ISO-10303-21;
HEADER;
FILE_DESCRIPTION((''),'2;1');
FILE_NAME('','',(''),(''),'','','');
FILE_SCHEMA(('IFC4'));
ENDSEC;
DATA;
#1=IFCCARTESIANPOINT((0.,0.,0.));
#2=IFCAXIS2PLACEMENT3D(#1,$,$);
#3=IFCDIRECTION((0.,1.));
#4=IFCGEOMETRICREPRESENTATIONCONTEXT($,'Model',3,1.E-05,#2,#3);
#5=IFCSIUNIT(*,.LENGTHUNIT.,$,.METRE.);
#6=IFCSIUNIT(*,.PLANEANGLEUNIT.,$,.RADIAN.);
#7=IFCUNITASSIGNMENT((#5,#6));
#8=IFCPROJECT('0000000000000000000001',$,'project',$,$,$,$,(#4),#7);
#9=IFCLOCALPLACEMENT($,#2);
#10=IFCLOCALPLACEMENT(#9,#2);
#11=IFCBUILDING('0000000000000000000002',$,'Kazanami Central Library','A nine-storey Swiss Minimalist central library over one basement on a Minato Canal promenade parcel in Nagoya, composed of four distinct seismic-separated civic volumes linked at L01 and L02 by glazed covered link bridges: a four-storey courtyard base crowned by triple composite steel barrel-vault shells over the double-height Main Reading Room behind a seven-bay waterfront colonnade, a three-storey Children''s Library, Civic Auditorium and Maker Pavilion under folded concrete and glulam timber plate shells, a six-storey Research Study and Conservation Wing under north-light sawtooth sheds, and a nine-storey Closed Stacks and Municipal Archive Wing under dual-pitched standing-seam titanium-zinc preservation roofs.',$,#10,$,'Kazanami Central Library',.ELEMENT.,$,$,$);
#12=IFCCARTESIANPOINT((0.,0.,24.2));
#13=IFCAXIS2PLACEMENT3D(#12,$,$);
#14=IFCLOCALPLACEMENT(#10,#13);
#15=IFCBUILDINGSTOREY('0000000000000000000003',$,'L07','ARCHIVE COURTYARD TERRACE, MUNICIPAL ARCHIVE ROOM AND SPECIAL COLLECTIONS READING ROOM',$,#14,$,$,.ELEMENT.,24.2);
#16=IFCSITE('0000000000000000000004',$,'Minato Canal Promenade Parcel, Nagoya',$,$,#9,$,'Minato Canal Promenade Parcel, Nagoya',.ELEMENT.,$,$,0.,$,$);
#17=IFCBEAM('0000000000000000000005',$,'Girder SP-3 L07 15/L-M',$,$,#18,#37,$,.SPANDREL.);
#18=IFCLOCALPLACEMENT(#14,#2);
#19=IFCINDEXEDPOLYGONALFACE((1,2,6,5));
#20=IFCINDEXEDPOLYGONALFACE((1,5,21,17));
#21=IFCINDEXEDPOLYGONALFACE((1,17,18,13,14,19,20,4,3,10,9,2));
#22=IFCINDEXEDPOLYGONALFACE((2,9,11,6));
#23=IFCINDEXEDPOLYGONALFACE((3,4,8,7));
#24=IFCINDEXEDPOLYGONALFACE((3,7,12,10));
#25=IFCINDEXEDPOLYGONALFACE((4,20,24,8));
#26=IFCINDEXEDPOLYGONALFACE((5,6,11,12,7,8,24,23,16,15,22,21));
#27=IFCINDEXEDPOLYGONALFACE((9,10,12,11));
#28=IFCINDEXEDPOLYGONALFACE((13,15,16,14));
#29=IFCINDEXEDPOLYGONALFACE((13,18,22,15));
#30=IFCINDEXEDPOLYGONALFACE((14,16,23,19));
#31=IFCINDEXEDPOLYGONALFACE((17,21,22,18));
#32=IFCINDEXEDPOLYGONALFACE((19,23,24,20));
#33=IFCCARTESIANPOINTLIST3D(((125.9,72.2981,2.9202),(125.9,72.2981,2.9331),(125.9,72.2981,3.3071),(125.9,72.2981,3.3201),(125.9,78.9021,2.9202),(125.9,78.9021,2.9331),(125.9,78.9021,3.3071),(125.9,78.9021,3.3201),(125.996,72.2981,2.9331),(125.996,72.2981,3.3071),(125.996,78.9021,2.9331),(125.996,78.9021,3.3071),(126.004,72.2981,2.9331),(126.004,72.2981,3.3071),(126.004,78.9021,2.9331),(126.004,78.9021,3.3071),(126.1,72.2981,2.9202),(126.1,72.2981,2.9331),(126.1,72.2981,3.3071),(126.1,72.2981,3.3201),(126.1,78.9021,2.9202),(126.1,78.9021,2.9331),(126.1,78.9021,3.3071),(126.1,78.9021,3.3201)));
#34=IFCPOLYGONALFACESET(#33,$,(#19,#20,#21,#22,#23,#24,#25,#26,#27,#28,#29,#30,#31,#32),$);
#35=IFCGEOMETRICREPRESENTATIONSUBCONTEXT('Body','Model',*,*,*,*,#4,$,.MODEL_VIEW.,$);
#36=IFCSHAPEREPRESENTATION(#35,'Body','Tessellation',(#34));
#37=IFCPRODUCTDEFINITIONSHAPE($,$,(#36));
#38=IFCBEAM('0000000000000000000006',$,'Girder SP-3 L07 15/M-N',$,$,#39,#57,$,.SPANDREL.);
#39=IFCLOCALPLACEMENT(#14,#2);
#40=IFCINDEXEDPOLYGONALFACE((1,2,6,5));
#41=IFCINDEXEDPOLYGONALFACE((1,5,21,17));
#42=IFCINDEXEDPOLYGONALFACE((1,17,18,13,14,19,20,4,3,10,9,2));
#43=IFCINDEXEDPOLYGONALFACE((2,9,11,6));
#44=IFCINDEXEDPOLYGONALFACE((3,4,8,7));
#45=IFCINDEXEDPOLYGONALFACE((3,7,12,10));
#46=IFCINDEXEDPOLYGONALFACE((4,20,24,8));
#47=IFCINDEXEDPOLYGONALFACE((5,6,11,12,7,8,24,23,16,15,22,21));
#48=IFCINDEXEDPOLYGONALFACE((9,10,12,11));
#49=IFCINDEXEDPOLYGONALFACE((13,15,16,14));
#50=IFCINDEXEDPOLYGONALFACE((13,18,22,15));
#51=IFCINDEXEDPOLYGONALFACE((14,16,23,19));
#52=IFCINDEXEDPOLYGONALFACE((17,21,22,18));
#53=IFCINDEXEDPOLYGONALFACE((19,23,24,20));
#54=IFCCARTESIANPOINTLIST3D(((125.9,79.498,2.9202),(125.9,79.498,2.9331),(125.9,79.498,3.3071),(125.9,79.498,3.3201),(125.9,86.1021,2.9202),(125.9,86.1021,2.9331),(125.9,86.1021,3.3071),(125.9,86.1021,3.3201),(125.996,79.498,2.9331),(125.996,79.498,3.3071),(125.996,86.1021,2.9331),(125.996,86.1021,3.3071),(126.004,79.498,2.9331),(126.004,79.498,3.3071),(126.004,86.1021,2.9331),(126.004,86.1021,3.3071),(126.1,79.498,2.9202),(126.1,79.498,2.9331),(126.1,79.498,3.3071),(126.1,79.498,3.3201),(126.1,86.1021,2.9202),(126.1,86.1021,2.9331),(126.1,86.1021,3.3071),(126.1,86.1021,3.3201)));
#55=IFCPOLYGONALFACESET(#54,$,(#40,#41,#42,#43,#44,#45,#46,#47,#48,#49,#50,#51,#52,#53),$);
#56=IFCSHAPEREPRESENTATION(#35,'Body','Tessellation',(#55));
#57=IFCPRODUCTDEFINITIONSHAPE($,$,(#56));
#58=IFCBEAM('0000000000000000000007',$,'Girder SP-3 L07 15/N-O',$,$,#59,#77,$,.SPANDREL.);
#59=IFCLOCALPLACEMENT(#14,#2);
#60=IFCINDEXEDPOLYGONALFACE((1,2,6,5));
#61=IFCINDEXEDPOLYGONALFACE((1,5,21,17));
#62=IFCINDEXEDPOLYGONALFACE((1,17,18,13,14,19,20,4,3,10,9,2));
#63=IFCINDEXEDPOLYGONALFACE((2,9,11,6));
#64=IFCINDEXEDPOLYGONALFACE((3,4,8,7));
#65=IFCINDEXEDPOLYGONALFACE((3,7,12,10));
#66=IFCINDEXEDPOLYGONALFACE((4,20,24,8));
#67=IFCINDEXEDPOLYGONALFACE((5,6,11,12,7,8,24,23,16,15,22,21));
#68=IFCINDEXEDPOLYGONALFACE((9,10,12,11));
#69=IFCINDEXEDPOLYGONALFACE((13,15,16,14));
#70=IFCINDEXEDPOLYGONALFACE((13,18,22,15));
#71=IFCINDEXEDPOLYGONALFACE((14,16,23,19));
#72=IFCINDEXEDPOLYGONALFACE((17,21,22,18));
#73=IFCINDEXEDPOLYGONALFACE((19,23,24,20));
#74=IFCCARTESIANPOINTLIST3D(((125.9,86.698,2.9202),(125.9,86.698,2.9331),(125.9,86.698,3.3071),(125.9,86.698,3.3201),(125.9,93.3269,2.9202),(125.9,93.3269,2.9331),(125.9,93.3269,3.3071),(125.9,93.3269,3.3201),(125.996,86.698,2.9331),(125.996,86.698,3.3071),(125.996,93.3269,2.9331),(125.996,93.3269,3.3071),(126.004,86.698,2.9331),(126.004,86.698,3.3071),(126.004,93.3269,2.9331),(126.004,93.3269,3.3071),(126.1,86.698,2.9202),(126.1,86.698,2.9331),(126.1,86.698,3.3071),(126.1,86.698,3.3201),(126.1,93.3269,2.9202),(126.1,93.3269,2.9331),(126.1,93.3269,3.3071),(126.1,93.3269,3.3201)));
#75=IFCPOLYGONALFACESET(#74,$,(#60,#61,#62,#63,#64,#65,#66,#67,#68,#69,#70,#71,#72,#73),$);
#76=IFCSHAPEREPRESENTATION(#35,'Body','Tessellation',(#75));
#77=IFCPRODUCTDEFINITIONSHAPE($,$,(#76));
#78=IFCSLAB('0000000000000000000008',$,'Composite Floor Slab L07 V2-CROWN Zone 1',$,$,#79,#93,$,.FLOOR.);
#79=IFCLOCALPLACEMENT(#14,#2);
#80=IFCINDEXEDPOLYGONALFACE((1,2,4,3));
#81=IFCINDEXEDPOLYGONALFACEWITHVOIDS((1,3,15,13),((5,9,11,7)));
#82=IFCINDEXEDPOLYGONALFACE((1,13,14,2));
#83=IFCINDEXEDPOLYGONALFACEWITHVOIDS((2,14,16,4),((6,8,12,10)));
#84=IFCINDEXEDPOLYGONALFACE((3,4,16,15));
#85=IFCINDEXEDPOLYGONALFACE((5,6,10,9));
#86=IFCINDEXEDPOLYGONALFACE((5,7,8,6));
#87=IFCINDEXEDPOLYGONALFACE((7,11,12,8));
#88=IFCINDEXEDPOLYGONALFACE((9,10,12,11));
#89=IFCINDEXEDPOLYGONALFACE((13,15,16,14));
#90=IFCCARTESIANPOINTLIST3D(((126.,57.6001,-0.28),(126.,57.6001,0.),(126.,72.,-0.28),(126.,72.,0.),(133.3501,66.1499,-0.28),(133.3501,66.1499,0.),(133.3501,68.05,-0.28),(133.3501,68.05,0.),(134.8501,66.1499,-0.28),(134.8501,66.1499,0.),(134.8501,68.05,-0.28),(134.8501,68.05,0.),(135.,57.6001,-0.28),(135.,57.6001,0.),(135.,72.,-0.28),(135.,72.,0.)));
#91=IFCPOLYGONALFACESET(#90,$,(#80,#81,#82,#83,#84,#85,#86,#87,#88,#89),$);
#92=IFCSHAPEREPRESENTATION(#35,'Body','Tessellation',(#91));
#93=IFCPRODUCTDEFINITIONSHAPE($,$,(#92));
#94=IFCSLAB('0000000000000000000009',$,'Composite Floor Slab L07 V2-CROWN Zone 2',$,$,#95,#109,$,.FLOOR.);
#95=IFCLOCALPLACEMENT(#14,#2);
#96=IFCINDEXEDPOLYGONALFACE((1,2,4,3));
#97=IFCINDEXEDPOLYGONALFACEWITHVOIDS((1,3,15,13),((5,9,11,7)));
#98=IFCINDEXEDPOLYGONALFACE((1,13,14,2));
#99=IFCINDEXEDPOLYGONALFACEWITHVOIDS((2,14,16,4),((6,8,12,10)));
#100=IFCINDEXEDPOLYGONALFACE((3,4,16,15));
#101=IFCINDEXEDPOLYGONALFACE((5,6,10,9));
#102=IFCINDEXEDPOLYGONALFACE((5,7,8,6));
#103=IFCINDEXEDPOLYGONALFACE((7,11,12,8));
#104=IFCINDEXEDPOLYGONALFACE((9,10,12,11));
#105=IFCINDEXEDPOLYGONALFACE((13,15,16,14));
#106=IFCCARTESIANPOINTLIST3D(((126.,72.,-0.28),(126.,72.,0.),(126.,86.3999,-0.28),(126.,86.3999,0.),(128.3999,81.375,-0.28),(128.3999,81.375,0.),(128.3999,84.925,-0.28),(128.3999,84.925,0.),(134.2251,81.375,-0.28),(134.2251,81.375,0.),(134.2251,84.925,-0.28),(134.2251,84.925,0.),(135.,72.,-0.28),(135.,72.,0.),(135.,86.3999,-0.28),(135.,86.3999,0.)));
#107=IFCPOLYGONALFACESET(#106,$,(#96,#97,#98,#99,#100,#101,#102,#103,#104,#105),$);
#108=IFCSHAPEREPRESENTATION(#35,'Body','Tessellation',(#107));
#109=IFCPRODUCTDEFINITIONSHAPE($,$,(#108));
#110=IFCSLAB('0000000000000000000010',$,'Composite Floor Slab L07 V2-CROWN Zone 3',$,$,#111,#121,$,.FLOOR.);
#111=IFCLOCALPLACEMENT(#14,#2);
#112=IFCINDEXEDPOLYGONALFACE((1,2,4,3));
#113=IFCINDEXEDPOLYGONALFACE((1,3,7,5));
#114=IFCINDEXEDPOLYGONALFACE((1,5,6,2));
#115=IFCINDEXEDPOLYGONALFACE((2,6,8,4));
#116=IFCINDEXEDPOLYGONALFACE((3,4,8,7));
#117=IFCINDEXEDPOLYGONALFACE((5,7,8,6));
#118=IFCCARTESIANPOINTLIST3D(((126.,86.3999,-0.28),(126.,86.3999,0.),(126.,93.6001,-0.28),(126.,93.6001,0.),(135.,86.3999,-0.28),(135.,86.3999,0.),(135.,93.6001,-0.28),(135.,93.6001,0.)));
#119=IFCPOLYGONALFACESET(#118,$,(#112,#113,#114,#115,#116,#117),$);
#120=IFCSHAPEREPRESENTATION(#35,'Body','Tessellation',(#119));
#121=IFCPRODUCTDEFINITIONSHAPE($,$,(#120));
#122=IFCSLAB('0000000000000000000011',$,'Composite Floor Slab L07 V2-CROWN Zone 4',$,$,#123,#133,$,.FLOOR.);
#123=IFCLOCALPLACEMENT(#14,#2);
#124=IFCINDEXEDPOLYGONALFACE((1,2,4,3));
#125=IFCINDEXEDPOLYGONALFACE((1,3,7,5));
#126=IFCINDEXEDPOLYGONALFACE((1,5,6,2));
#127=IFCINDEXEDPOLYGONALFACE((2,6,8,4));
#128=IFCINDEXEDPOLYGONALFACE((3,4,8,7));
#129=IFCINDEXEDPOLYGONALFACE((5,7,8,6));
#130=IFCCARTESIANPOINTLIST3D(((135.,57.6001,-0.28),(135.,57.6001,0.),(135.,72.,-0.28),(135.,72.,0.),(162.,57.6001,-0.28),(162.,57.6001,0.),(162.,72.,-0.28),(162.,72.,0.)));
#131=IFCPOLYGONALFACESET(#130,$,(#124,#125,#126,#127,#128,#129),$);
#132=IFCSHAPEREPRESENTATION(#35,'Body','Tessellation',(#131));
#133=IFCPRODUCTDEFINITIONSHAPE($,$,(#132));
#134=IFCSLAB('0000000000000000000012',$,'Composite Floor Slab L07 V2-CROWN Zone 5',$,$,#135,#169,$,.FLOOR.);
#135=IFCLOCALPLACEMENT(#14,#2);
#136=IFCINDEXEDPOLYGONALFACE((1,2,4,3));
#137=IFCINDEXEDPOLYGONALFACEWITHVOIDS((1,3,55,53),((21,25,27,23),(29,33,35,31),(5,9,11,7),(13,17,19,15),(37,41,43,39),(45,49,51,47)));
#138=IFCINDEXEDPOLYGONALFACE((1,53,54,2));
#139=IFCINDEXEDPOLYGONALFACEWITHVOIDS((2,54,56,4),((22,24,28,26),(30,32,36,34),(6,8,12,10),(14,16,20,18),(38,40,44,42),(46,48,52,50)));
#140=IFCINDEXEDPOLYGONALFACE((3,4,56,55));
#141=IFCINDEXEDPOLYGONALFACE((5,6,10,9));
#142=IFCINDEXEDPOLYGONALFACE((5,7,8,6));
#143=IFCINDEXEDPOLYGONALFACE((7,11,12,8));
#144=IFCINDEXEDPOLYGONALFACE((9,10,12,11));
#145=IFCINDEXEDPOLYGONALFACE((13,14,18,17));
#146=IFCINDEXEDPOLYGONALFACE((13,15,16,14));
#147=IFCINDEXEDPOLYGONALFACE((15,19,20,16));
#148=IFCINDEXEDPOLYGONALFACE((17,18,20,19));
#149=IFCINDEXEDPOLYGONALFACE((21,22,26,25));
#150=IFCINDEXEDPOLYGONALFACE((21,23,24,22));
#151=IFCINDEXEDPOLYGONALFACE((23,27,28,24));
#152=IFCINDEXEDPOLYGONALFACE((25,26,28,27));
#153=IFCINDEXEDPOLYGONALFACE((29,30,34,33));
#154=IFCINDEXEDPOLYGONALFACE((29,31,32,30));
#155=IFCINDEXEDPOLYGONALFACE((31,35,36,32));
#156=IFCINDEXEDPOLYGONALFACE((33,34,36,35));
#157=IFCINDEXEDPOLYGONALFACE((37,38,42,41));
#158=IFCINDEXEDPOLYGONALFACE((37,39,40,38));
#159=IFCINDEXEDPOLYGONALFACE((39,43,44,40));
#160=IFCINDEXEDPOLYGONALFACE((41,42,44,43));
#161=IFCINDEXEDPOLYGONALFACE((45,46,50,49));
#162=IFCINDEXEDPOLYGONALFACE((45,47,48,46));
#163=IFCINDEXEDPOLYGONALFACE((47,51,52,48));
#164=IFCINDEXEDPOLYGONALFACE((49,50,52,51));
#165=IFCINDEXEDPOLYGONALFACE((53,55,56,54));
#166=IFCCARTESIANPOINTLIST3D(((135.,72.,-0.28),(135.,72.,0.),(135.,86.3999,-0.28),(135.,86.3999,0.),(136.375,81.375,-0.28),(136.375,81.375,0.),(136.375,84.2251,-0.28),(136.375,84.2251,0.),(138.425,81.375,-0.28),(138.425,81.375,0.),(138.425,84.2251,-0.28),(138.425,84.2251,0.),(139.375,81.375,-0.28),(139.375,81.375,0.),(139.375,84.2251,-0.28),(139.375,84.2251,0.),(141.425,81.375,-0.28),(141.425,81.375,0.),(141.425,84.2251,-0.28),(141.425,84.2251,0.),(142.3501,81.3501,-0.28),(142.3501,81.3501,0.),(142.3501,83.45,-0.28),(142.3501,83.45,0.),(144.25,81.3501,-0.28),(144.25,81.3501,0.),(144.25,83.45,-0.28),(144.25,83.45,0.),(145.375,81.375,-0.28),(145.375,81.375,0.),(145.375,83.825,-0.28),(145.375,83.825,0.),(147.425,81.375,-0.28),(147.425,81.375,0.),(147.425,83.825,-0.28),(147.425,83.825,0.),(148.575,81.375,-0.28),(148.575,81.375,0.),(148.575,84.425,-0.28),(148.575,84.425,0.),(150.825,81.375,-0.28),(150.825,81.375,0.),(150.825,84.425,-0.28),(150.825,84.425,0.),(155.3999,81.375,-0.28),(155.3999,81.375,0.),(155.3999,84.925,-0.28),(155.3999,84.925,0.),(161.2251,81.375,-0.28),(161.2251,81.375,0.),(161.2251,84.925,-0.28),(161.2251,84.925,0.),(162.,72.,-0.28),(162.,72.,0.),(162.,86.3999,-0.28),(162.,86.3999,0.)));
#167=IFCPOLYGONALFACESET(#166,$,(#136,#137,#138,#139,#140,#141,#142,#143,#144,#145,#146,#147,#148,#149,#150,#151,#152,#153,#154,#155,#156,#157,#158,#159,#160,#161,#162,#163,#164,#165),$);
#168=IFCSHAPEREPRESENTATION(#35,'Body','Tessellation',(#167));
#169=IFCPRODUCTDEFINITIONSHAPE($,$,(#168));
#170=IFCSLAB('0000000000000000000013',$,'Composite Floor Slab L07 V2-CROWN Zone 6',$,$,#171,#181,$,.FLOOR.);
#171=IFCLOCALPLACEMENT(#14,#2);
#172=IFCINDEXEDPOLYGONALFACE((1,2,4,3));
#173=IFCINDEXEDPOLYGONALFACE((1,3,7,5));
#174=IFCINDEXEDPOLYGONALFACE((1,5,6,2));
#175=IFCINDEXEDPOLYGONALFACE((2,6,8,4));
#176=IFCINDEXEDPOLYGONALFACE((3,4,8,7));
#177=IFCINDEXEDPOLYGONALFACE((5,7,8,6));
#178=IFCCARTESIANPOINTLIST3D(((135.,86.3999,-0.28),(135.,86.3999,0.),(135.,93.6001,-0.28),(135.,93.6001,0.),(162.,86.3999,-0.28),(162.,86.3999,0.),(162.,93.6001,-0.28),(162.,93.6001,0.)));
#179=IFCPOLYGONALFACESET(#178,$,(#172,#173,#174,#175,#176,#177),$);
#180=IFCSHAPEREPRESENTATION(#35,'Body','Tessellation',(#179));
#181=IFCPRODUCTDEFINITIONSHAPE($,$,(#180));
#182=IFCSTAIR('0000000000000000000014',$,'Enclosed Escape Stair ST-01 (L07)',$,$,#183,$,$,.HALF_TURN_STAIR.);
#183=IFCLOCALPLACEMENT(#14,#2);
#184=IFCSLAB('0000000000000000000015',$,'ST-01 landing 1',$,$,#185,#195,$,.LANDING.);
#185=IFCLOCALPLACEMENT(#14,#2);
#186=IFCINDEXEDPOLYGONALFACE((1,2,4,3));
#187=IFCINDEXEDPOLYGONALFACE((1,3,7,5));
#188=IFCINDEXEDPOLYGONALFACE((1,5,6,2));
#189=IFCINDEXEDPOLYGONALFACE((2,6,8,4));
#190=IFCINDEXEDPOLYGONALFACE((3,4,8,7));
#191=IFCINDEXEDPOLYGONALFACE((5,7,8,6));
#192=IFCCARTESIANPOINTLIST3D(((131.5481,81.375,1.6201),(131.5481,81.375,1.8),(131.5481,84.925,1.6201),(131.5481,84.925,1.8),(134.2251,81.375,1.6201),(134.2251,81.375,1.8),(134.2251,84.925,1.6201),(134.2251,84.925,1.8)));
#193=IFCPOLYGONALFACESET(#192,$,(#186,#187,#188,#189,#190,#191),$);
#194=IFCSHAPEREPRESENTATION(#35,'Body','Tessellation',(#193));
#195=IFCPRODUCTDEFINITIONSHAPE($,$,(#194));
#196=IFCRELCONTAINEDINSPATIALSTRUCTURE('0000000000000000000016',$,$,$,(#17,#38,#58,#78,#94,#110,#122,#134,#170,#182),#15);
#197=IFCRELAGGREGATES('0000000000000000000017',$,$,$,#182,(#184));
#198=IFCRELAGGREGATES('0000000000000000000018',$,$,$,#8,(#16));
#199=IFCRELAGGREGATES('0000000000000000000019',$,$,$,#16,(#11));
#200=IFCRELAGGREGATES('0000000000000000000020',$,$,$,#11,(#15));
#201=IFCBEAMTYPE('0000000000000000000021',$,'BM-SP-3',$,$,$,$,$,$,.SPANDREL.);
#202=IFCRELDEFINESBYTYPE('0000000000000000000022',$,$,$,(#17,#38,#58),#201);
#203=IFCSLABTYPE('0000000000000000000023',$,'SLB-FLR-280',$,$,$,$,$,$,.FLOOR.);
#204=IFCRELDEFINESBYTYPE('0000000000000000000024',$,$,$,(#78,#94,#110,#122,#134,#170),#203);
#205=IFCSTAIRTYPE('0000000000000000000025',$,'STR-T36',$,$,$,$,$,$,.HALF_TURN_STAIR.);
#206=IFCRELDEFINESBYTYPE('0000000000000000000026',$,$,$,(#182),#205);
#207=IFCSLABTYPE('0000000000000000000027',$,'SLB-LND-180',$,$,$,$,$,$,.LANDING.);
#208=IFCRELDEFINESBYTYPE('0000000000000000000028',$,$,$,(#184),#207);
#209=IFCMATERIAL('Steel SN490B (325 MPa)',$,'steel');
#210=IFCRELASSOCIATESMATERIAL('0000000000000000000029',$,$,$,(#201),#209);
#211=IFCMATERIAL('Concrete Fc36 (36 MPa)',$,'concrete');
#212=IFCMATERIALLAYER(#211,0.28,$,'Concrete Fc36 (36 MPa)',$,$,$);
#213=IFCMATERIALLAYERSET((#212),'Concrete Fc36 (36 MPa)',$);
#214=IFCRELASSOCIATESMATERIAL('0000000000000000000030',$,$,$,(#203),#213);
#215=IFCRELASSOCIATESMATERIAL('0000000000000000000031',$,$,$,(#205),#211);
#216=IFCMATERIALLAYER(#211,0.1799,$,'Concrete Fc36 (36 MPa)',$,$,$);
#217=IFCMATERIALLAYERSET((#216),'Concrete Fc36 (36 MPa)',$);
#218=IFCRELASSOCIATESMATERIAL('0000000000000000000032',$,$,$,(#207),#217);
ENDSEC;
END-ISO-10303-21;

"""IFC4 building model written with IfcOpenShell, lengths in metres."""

from ifc_helpers import new_model, si_unit, direction, frame, origin, origin_2d, place, context, subcontext, project, spatial, polyline, i_section, outline, extrude, material, layer, layer_set, material_profile, profile_set, type_object, element, aggregate, save


model = new_model("IFC4")

# Units and contexts
model_context = context("Model", 3, precision=1e-05, world=origin(), true_north=direction((0.0, 1.0)))
body_context = subcontext(model_context, "Body", "Model", "MODEL_VIEW")
ifc_project = project(units=[si_unit("LENGTHUNIT", "METRE"), si_unit("PLANEANGLEUNIT", "RADIAN")], contexts=[model_context])

# Site, building, storey
site_placement = place(None, origin())
site = spatial("IfcSite", under=ifc_project, at=site_placement, Name="Minato Canal Promenade Parcel, Nagoya", LongName="Minato Canal Promenade Parcel, Nagoya", CompositionType="ELEMENT", RefElevation=0.0)
building_placement = place(site_placement, origin())
building = spatial("IfcBuilding", under=site, at=building_placement, Name="Kazanami Central Library", Description="A nine-storey Swiss Minimalist central library over one basement on a Minato Canal promenade parcel in Nagoya, composed of four distinct seismic-separated civic volumes linked at L01 and L02 by glazed covered link bridges: a four-storey courtyard base crowned by triple composite steel barrel-vault shells over the double-height Main Reading Room behind a seven-bay waterfront colonnade, a three-storey Children's Library, Civic Auditorium and Maker Pavilion under folded concrete and glulam timber plate shells, a six-storey Research Study and Conservation Wing under north-light sawtooth sheds, and a nine-storey Closed Stacks and Municipal Archive Wing under dual-pitched standing-seam titanium-zinc preservation roofs.", LongName="Kazanami Central Library", CompositionType="ELEMENT")
storey_placement = place(building_placement, frame((0.0, 0.0, 24.2)))
storey = spatial("IfcBuildingStorey", under=building, at=storey_placement, Name="L07", Description="ARCHIVE COURTYARD TERRACE, MUNICIPAL ARCHIVE ROOM AND SPECIAL COLLECTIONS READING ROOM", CompositionType="ELEMENT", Elevation=24.2)

# Beams
ifc_material_1 = material(Name="Steel SN490B (325 MPa)", Category="steel")
ifc_material_profile_1 = material_profile(ifc_material_1, i_section(OverallWidth=0.2, OverallDepth=0.3999, WebThickness=0.0081, FlangeThickness=0.0129, at=origin_2d()), Name="H-400x200x8x13")
ifc_profile_set_1 = profile_set([ifc_material_profile_1], Name="Steel SN490B (325 MPa)")
beam_type_1 = type_object("IfcBeamType", Name="BM-SP-3", PredefinedType="SPANDREL", material=ifc_profile_set_1)
for number, where, z_axis, x_axis, name in (
    (1, (126.0, 72.2981, 3.1201), (0.0, 1.0, 0.0), (-1.0, 0.0, 0.0), "Girder SP-3 L07 15/L-M"),
    (2, (126.0, 79.498, 3.1201), (0.0, 1.0, 0.0), (-1.0, 0.0, 0.0), "Girder SP-3 L07 15/M-N"),
):
    element("IfcBeam", number, at=place(storey_placement, frame(where, z_axis=z_axis, x_axis=x_axis)), inside=storey, type_object=beam_type_1, Name=name, PredefinedType="SPANDREL", context=body_context, shape_type="SweptSolid", body=[
        extrude(i_section(OverallWidth=0.2, OverallDepth=0.3999, WebThickness=0.0081, FlangeThickness=0.0129, at=origin_2d()), origin(), (0.0, 0.0, 1.0), 6.604),
    ])
beam_1_placement = place(storey_placement, frame((126.0, 86.698, 3.1201), z_axis=(0.0, 1.0, 0.0), x_axis=(-1.0, 0.0, 0.0)))
element("IfcBeam", 3, at=beam_1_placement, inside=storey, type_object=beam_type_1, Name="Girder SP-3 L07 15/N-O", PredefinedType="SPANDREL", context=body_context, shape_type="SweptSolid", body=[
    extrude(i_section(OverallWidth=0.2, OverallDepth=0.3999, WebThickness=0.0081, FlangeThickness=0.0129, at=origin_2d()), origin(), (0.0, 0.0, 1.0), 6.6289),
])

# Slabs
ifc_material_2 = material(Name="Concrete Fc36 (36 MPa)", Category="concrete")
ifc_layer_1 = layer(ifc_material_2, 0.28, Name="Concrete Fc36 (36 MPa)")
ifc_layer_set_1 = layer_set([ifc_layer_1], Name="Concrete Fc36 (36 MPa)")
slab_type_1 = type_object("IfcSlabType", Name="SLB-FLR-280", PredefinedType="FLOOR", material=ifc_layer_set_1)
slab_1_placement = place(storey_placement, frame((0.0, 0.0, -0.28)))
element("IfcSlab", 4, at=slab_1_placement, inside=storey, type_object=slab_type_1, Name="Composite Floor Slab L07 V2-CROWN Zone 1", PredefinedType="FLOOR", context=body_context, shape_type="SweptSolid", body=[
    extrude(outline(polyline([(126.0, 57.6001), (135.0, 57.6001), (135.0, 72.0), (126.0, 72.0), (126.0, 57.6001)]), holes=[polyline([(133.3501, 66.1499), (134.8501, 66.1499), (134.8501, 68.05), (133.3501, 68.05), (133.3501, 66.1499)])]), origin(), (0.0, 0.0, 1.0), 0.28),
])
slab_2_placement = place(storey_placement, frame((0.0, 0.0, -0.28)))
element("IfcSlab", 5, at=slab_2_placement, inside=storey, type_object=slab_type_1, Name="Composite Floor Slab L07 V2-CROWN Zone 2", PredefinedType="FLOOR", context=body_context, shape_type="SweptSolid", body=[
    extrude(outline(polyline([(126.0, 72.0), (135.0, 72.0), (135.0, 86.3999), (126.0, 86.3999), (126.0, 72.0)]), holes=[polyline([(128.3999, 81.375), (134.2251, 81.375), (134.2251, 84.925), (128.3999, 84.925), (128.3999, 81.375)])]), origin(), (0.0, 0.0, 1.0), 0.28),
])
slab_3_placement = place(storey_placement, frame((0.0, 0.0, -0.28)))
element("IfcSlab", 6, at=slab_3_placement, inside=storey, type_object=slab_type_1, Name="Composite Floor Slab L07 V2-CROWN Zone 3", PredefinedType="FLOOR", context=body_context, shape_type="SweptSolid", body=[
    extrude(outline(polyline([(126.0, 86.3999), (135.0, 86.3999), (135.0, 93.6001), (126.0, 93.6001), (126.0, 86.3999)])), origin(), (0.0, 0.0, 1.0), 0.28),
])
slab_4_placement = place(storey_placement, frame((0.0, 0.0, -0.28)))
element("IfcSlab", 7, at=slab_4_placement, inside=storey, type_object=slab_type_1, Name="Composite Floor Slab L07 V2-CROWN Zone 4", PredefinedType="FLOOR", context=body_context, shape_type="SweptSolid", body=[
    extrude(outline(polyline([(135.0, 57.6001), (162.0, 57.6001), (162.0, 72.0), (135.0, 72.0), (135.0, 57.6001)])), origin(), (0.0, 0.0, 1.0), 0.28),
])
slab_5_placement = place(storey_placement, frame((0.0, 0.0, -0.28)))
element("IfcSlab", 8, at=slab_5_placement, inside=storey, type_object=slab_type_1, Name="Composite Floor Slab L07 V2-CROWN Zone 5", PredefinedType="FLOOR", context=body_context, shape_type="SweptSolid", body=[
    extrude(outline(polyline([(135.0, 72.0), (162.0, 72.0), (162.0, 86.3999), (135.0, 86.3999), (135.0, 72.0)]), holes=[polyline([(155.3999, 81.375), (161.2251, 81.375), (161.2251, 84.925), (155.3999, 84.925), (155.3999, 81.375)]), polyline([(136.375, 81.375), (138.425, 81.375), (138.425, 84.2251), (136.375, 84.2251), (136.375, 81.375)]), polyline([(139.375, 81.375), (141.425, 81.375), (141.425, 84.2251), (139.375, 84.2251), (139.375, 81.375)]), polyline([(145.375, 81.375), (147.425, 81.375), (147.425, 83.825), (145.375, 83.825), (145.375, 81.375)]), polyline([(148.575, 81.375), (150.825, 81.375), (150.825, 84.425), (148.575, 84.425), (148.575, 81.375)]), polyline([(142.3501, 81.3501), (144.25, 81.3501), (144.25, 83.45), (142.3501, 83.45), (142.3501, 81.3501)])]), origin(), (0.0, 0.0, 1.0), 0.28),
])
slab_6_placement = place(storey_placement, frame((0.0, 0.0, -0.28)))
element("IfcSlab", 9, at=slab_6_placement, inside=storey, type_object=slab_type_1, Name="Composite Floor Slab L07 V2-CROWN Zone 6", PredefinedType="FLOOR", context=body_context, shape_type="SweptSolid", body=[
    extrude(outline(polyline([(135.0, 86.3999), (162.0, 86.3999), (162.0, 93.6001), (135.0, 93.6001), (135.0, 86.3999)])), origin(), (0.0, 0.0, 1.0), 0.28),
])

# Stair, slab
stair_type = type_object("IfcStairType", Name="STR-T36", PredefinedType="HALF_TURN_STAIR", material=ifc_material_2)
stair_1_placement = place(storey_placement, origin())
stair_1 = element("IfcStair", 10, at=stair_1_placement, inside=storey, type_object=stair_type, Name="Enclosed Escape Stair ST-01 (L07)", PredefinedType="HALF_TURN_STAIR")
ifc_layer_2 = layer(ifc_material_2, 0.1799, Name="Concrete Fc36 (36 MPa)")
ifc_layer_set_2 = layer_set([ifc_layer_2], Name="Concrete Fc36 (36 MPa)")
slab_type_2 = type_object("IfcSlabType", Name="SLB-LND-180", PredefinedType="LANDING", material=ifc_layer_set_2)
slab_7_placement = place(storey_placement, frame((0.0, 0.0, 1.6201)))
slab_7 = element("IfcSlab", 11, at=slab_7_placement, type_object=slab_type_2, Name="ST-01 landing 1", PredefinedType="LANDING", context=body_context, shape_type="SweptSolid", body=[
    extrude(outline(polyline([(131.5481, 81.375), (134.2251, 81.375), (134.2251, 84.925), (131.5481, 84.925), (131.5481, 81.375)])), origin(), (0.0, 0.0, 1.0), 0.1799),
])
aggregate(stair_1, [slab_7])

save(model, "model.ifc")
